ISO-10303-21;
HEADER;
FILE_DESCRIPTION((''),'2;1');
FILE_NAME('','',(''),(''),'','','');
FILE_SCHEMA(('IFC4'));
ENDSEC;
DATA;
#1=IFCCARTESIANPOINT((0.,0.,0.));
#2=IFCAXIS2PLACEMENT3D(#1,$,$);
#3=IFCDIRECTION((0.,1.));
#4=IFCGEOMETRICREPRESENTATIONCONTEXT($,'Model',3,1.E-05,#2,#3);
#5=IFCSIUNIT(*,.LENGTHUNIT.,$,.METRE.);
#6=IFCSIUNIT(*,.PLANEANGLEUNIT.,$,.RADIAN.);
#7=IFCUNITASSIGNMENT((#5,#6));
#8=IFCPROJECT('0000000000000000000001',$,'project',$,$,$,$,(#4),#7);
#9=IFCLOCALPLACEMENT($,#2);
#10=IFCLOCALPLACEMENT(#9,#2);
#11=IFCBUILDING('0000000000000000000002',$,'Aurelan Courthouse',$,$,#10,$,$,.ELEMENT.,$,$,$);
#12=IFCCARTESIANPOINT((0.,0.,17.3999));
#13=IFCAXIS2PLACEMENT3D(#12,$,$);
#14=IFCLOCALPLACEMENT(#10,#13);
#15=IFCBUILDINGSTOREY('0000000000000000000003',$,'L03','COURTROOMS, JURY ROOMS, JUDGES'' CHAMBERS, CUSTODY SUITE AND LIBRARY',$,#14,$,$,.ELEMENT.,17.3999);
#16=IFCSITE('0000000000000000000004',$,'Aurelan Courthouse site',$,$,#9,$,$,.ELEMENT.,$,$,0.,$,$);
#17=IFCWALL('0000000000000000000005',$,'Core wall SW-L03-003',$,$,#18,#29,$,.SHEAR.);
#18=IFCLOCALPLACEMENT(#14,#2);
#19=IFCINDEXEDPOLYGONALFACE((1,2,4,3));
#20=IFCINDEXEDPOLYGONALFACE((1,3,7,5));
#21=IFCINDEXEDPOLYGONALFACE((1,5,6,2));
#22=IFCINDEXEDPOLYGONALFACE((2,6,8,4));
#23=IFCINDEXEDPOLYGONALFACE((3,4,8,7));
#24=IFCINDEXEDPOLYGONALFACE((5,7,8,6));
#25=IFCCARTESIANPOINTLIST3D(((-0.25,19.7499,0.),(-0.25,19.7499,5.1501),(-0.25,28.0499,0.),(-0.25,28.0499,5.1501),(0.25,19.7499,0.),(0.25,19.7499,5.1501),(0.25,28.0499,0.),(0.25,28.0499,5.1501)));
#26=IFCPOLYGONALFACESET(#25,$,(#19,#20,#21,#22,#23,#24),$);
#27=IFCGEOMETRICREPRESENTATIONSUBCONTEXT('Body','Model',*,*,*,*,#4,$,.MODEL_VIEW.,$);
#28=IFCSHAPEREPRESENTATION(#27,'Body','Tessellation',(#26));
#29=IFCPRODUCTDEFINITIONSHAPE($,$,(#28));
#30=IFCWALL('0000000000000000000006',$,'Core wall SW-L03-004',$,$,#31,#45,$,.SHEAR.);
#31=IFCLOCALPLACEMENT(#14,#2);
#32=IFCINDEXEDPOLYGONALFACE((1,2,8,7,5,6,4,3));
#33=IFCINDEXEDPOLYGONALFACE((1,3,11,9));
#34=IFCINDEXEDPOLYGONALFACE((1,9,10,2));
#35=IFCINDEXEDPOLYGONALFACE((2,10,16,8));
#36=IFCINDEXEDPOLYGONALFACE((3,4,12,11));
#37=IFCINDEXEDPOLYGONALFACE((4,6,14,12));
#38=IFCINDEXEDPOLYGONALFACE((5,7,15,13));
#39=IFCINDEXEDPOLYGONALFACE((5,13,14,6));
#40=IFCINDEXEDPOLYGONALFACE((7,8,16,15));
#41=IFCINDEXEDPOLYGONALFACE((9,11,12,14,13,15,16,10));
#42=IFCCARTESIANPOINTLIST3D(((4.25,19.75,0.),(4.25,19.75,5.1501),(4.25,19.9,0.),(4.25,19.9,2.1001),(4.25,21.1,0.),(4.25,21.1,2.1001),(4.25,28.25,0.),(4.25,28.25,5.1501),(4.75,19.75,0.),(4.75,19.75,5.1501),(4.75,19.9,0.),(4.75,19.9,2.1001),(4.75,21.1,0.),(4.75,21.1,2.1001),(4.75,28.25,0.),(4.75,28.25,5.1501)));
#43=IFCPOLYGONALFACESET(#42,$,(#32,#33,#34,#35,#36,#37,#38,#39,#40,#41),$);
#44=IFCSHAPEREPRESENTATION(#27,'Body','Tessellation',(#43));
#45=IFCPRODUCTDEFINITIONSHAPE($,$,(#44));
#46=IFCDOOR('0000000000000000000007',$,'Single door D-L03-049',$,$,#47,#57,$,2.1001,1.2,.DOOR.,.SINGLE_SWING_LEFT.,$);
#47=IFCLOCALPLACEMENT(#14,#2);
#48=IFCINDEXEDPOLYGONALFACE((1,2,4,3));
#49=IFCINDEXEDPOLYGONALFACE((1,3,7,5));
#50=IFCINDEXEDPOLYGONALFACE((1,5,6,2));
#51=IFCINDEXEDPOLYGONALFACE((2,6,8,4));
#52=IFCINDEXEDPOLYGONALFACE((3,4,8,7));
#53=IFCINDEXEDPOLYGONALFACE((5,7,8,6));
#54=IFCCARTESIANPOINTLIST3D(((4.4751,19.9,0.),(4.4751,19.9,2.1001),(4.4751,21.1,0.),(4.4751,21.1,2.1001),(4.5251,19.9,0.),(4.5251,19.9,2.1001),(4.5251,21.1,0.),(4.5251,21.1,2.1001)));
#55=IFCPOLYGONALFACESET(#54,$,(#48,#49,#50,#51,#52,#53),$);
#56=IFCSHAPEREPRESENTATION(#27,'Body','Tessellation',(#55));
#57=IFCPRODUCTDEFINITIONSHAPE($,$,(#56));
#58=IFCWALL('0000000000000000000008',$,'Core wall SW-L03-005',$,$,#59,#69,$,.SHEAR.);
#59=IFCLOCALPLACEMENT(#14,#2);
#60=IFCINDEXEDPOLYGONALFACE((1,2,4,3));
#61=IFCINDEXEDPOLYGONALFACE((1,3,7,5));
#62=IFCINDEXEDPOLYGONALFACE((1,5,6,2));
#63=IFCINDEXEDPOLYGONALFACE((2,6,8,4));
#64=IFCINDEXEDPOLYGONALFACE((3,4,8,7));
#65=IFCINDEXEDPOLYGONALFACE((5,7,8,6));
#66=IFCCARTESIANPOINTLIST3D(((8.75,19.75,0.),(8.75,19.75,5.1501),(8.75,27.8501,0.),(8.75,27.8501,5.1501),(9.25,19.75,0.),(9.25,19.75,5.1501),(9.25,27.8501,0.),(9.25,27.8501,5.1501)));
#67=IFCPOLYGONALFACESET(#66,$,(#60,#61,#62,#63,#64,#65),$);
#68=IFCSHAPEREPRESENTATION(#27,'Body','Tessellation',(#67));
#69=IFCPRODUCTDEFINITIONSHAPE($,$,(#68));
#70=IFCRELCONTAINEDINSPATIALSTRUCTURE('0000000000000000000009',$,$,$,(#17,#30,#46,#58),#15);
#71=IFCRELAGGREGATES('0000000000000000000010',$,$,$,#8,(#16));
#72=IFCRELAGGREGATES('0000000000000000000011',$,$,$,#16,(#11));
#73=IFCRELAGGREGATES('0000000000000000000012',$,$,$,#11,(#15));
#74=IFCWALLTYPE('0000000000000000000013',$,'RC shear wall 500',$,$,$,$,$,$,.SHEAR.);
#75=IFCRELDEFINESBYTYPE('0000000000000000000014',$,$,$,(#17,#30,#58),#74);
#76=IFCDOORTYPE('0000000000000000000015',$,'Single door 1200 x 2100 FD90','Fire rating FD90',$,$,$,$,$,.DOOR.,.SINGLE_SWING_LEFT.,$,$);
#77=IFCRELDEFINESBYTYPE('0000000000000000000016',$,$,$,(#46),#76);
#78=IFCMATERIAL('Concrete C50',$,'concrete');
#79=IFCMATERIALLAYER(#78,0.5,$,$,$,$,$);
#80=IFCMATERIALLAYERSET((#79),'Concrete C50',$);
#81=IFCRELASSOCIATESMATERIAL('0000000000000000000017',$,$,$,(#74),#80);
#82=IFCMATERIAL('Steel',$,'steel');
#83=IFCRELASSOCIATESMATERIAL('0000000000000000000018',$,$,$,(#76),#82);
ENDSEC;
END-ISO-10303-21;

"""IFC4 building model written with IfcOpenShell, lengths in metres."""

from ifc_helpers import new_model, si_unit, direction, frame, frame_2d, origin, place, context, subcontext, project, spatial, rectangle, extrude, material, layer, layer_set, type_object, element, fill, save


model = new_model("IFC4")

# Units and contexts
model_context = context("Model", 3, precision=1e-05, world=origin(), true_north=direction((0.0, 1.0)))
body_context = subcontext(model_context, "Body", "Model", "MODEL_VIEW")
ifc_project = project(units=[si_unit("LENGTHUNIT", "METRE"), si_unit("PLANEANGLEUNIT", "RADIAN")], contexts=[model_context])

# Site, building, storey
site_placement = place(None, origin())
site = spatial("IfcSite", under=ifc_project, at=site_placement, Name="Aurelan Courthouse site", CompositionType="ELEMENT", RefElevation=0.0)
building_placement = place(site_placement, origin())
building = spatial("IfcBuilding", under=site, at=building_placement, Name="Aurelan Courthouse", CompositionType="ELEMENT")
storey_placement = place(building_placement, frame((0.0, 0.0, 17.3999)))
storey = spatial("IfcBuildingStorey", under=building, at=storey_placement, Name="L03", Description="COURTROOMS, JURY ROOMS, JUDGES' CHAMBERS, CUSTODY SUITE AND LIBRARY", CompositionType="ELEMENT", Elevation=17.3999)

# Shared definitions
ifc_material_1 = material(Name="Concrete C50", Category="concrete")

# Shared definitions
ifc_material_2 = material(Name="Steel", Category="steel")

# Wall
ifc_layer_1 = layer(ifc_material_1, 0.5)
ifc_layer_set_1 = layer_set([ifc_layer_1], Name="Concrete C50")
wall_type_1 = type_object("IfcWallType", Name="RC shear wall 500", PredefinedType="SHEAR", material=ifc_layer_set_1)
wall_1_placement = place(storey_placement, frame((0.0, 19.75, 0.0), z_axis=(0.0, 0.0, 1.0), x_axis=(0.0, 1.0, 0.0)))
element("IfcWall", 1, at=wall_1_placement, inside=storey, type_object=wall_type_1, Name="Core wall SW-L03-003", PredefinedType="SHEAR", context=body_context, shape_type="SweptSolid", body=[
    extrude(rectangle(XDim=8.3, YDim=0.5, at=frame_2d((4.1499, 0.0))), origin(), (0.0, 0.0, 1.0), 5.1501),
])

# Wall, opening, door
wall_2_placement = place(storey_placement, frame((4.5, 19.75, 0.0), z_axis=(0.0, 0.0, 1.0), x_axis=(0.0, 1.0, 0.0)))
wall_2 = element("IfcWall", 2, at=wall_2_placement, inside=storey, type_object=wall_type_1, Name="Core wall SW-L03-004", PredefinedType="SHEAR", context=body_context, shape_type="SweptSolid", body=[
    extrude(rectangle(XDim=8.5, YDim=0.5, at=frame_2d((4.25, 0.0))), origin(), (0.0, 0.0, 1.0), 5.1501),
])
opening_1_placement = place(wall_2_placement, frame((0.1499, 0.0, 0.0)))
opening_1 = element("IfcOpeningElement", 3, at=opening_1_placement, cuts=wall_2, PredefinedType="OPENING", context=body_context, shape_type="SweptSolid", body=[
    extrude(rectangle(XDim=1.2, YDim=2.1001, at=frame_2d((0.6001, 1.05))), frame((0.0, 0.26, 0.0), z_axis=(0.0, -1.0, 0.0), x_axis=(1.0, 0.0, 0.0)), (0.0, 0.0, 1.0), 0.52),
])
door_type_1 = type_object("IfcDoorType", Name="Single door 1200 x 2100 FD90", Description="Fire rating FD90", OperationType="SINGLE_SWING_LEFT", PredefinedType="DOOR", material=ifc_material_2)
door_1_placement = place(opening_1_placement, origin())
door_1 = element("IfcDoor", 4, at=door_1_placement, inside=storey, type_object=door_type_1, Name="Single door D-L03-049", OperationType="SINGLE_SWING_LEFT", OverallHeight=2.1001, OverallWidth=1.2, PredefinedType="DOOR", context=body_context, shape_type="SweptSolid", body=[
    extrude(rectangle(XDim=1.2, YDim=2.1001, at=frame_2d((0.6001, 1.05))), frame((0.0, 0.0249, 0.0), z_axis=(0.0, -1.0, 0.0), x_axis=(1.0, 0.0, 0.0)), (0.0, 0.0, 1.0), 0.05),
])
fill(opening_1, door_1)

# Wall
wall_3_placement = place(storey_placement, frame((9.0, 19.75, 0.0), z_axis=(0.0, 0.0, 1.0), x_axis=(0.0, 1.0, 0.0)))
element("IfcWall", 5, at=wall_3_placement, inside=storey, type_object=wall_type_1, Name="Core wall SW-L03-005", PredefinedType="SHEAR", context=body_context, shape_type="SweptSolid", body=[
    extrude(rectangle(XDim=8.1001, YDim=0.5, at=frame_2d((4.05, 0.0))), origin(), (0.0, 0.0, 1.0), 5.1501),
])

save(model, "model.ifc")
